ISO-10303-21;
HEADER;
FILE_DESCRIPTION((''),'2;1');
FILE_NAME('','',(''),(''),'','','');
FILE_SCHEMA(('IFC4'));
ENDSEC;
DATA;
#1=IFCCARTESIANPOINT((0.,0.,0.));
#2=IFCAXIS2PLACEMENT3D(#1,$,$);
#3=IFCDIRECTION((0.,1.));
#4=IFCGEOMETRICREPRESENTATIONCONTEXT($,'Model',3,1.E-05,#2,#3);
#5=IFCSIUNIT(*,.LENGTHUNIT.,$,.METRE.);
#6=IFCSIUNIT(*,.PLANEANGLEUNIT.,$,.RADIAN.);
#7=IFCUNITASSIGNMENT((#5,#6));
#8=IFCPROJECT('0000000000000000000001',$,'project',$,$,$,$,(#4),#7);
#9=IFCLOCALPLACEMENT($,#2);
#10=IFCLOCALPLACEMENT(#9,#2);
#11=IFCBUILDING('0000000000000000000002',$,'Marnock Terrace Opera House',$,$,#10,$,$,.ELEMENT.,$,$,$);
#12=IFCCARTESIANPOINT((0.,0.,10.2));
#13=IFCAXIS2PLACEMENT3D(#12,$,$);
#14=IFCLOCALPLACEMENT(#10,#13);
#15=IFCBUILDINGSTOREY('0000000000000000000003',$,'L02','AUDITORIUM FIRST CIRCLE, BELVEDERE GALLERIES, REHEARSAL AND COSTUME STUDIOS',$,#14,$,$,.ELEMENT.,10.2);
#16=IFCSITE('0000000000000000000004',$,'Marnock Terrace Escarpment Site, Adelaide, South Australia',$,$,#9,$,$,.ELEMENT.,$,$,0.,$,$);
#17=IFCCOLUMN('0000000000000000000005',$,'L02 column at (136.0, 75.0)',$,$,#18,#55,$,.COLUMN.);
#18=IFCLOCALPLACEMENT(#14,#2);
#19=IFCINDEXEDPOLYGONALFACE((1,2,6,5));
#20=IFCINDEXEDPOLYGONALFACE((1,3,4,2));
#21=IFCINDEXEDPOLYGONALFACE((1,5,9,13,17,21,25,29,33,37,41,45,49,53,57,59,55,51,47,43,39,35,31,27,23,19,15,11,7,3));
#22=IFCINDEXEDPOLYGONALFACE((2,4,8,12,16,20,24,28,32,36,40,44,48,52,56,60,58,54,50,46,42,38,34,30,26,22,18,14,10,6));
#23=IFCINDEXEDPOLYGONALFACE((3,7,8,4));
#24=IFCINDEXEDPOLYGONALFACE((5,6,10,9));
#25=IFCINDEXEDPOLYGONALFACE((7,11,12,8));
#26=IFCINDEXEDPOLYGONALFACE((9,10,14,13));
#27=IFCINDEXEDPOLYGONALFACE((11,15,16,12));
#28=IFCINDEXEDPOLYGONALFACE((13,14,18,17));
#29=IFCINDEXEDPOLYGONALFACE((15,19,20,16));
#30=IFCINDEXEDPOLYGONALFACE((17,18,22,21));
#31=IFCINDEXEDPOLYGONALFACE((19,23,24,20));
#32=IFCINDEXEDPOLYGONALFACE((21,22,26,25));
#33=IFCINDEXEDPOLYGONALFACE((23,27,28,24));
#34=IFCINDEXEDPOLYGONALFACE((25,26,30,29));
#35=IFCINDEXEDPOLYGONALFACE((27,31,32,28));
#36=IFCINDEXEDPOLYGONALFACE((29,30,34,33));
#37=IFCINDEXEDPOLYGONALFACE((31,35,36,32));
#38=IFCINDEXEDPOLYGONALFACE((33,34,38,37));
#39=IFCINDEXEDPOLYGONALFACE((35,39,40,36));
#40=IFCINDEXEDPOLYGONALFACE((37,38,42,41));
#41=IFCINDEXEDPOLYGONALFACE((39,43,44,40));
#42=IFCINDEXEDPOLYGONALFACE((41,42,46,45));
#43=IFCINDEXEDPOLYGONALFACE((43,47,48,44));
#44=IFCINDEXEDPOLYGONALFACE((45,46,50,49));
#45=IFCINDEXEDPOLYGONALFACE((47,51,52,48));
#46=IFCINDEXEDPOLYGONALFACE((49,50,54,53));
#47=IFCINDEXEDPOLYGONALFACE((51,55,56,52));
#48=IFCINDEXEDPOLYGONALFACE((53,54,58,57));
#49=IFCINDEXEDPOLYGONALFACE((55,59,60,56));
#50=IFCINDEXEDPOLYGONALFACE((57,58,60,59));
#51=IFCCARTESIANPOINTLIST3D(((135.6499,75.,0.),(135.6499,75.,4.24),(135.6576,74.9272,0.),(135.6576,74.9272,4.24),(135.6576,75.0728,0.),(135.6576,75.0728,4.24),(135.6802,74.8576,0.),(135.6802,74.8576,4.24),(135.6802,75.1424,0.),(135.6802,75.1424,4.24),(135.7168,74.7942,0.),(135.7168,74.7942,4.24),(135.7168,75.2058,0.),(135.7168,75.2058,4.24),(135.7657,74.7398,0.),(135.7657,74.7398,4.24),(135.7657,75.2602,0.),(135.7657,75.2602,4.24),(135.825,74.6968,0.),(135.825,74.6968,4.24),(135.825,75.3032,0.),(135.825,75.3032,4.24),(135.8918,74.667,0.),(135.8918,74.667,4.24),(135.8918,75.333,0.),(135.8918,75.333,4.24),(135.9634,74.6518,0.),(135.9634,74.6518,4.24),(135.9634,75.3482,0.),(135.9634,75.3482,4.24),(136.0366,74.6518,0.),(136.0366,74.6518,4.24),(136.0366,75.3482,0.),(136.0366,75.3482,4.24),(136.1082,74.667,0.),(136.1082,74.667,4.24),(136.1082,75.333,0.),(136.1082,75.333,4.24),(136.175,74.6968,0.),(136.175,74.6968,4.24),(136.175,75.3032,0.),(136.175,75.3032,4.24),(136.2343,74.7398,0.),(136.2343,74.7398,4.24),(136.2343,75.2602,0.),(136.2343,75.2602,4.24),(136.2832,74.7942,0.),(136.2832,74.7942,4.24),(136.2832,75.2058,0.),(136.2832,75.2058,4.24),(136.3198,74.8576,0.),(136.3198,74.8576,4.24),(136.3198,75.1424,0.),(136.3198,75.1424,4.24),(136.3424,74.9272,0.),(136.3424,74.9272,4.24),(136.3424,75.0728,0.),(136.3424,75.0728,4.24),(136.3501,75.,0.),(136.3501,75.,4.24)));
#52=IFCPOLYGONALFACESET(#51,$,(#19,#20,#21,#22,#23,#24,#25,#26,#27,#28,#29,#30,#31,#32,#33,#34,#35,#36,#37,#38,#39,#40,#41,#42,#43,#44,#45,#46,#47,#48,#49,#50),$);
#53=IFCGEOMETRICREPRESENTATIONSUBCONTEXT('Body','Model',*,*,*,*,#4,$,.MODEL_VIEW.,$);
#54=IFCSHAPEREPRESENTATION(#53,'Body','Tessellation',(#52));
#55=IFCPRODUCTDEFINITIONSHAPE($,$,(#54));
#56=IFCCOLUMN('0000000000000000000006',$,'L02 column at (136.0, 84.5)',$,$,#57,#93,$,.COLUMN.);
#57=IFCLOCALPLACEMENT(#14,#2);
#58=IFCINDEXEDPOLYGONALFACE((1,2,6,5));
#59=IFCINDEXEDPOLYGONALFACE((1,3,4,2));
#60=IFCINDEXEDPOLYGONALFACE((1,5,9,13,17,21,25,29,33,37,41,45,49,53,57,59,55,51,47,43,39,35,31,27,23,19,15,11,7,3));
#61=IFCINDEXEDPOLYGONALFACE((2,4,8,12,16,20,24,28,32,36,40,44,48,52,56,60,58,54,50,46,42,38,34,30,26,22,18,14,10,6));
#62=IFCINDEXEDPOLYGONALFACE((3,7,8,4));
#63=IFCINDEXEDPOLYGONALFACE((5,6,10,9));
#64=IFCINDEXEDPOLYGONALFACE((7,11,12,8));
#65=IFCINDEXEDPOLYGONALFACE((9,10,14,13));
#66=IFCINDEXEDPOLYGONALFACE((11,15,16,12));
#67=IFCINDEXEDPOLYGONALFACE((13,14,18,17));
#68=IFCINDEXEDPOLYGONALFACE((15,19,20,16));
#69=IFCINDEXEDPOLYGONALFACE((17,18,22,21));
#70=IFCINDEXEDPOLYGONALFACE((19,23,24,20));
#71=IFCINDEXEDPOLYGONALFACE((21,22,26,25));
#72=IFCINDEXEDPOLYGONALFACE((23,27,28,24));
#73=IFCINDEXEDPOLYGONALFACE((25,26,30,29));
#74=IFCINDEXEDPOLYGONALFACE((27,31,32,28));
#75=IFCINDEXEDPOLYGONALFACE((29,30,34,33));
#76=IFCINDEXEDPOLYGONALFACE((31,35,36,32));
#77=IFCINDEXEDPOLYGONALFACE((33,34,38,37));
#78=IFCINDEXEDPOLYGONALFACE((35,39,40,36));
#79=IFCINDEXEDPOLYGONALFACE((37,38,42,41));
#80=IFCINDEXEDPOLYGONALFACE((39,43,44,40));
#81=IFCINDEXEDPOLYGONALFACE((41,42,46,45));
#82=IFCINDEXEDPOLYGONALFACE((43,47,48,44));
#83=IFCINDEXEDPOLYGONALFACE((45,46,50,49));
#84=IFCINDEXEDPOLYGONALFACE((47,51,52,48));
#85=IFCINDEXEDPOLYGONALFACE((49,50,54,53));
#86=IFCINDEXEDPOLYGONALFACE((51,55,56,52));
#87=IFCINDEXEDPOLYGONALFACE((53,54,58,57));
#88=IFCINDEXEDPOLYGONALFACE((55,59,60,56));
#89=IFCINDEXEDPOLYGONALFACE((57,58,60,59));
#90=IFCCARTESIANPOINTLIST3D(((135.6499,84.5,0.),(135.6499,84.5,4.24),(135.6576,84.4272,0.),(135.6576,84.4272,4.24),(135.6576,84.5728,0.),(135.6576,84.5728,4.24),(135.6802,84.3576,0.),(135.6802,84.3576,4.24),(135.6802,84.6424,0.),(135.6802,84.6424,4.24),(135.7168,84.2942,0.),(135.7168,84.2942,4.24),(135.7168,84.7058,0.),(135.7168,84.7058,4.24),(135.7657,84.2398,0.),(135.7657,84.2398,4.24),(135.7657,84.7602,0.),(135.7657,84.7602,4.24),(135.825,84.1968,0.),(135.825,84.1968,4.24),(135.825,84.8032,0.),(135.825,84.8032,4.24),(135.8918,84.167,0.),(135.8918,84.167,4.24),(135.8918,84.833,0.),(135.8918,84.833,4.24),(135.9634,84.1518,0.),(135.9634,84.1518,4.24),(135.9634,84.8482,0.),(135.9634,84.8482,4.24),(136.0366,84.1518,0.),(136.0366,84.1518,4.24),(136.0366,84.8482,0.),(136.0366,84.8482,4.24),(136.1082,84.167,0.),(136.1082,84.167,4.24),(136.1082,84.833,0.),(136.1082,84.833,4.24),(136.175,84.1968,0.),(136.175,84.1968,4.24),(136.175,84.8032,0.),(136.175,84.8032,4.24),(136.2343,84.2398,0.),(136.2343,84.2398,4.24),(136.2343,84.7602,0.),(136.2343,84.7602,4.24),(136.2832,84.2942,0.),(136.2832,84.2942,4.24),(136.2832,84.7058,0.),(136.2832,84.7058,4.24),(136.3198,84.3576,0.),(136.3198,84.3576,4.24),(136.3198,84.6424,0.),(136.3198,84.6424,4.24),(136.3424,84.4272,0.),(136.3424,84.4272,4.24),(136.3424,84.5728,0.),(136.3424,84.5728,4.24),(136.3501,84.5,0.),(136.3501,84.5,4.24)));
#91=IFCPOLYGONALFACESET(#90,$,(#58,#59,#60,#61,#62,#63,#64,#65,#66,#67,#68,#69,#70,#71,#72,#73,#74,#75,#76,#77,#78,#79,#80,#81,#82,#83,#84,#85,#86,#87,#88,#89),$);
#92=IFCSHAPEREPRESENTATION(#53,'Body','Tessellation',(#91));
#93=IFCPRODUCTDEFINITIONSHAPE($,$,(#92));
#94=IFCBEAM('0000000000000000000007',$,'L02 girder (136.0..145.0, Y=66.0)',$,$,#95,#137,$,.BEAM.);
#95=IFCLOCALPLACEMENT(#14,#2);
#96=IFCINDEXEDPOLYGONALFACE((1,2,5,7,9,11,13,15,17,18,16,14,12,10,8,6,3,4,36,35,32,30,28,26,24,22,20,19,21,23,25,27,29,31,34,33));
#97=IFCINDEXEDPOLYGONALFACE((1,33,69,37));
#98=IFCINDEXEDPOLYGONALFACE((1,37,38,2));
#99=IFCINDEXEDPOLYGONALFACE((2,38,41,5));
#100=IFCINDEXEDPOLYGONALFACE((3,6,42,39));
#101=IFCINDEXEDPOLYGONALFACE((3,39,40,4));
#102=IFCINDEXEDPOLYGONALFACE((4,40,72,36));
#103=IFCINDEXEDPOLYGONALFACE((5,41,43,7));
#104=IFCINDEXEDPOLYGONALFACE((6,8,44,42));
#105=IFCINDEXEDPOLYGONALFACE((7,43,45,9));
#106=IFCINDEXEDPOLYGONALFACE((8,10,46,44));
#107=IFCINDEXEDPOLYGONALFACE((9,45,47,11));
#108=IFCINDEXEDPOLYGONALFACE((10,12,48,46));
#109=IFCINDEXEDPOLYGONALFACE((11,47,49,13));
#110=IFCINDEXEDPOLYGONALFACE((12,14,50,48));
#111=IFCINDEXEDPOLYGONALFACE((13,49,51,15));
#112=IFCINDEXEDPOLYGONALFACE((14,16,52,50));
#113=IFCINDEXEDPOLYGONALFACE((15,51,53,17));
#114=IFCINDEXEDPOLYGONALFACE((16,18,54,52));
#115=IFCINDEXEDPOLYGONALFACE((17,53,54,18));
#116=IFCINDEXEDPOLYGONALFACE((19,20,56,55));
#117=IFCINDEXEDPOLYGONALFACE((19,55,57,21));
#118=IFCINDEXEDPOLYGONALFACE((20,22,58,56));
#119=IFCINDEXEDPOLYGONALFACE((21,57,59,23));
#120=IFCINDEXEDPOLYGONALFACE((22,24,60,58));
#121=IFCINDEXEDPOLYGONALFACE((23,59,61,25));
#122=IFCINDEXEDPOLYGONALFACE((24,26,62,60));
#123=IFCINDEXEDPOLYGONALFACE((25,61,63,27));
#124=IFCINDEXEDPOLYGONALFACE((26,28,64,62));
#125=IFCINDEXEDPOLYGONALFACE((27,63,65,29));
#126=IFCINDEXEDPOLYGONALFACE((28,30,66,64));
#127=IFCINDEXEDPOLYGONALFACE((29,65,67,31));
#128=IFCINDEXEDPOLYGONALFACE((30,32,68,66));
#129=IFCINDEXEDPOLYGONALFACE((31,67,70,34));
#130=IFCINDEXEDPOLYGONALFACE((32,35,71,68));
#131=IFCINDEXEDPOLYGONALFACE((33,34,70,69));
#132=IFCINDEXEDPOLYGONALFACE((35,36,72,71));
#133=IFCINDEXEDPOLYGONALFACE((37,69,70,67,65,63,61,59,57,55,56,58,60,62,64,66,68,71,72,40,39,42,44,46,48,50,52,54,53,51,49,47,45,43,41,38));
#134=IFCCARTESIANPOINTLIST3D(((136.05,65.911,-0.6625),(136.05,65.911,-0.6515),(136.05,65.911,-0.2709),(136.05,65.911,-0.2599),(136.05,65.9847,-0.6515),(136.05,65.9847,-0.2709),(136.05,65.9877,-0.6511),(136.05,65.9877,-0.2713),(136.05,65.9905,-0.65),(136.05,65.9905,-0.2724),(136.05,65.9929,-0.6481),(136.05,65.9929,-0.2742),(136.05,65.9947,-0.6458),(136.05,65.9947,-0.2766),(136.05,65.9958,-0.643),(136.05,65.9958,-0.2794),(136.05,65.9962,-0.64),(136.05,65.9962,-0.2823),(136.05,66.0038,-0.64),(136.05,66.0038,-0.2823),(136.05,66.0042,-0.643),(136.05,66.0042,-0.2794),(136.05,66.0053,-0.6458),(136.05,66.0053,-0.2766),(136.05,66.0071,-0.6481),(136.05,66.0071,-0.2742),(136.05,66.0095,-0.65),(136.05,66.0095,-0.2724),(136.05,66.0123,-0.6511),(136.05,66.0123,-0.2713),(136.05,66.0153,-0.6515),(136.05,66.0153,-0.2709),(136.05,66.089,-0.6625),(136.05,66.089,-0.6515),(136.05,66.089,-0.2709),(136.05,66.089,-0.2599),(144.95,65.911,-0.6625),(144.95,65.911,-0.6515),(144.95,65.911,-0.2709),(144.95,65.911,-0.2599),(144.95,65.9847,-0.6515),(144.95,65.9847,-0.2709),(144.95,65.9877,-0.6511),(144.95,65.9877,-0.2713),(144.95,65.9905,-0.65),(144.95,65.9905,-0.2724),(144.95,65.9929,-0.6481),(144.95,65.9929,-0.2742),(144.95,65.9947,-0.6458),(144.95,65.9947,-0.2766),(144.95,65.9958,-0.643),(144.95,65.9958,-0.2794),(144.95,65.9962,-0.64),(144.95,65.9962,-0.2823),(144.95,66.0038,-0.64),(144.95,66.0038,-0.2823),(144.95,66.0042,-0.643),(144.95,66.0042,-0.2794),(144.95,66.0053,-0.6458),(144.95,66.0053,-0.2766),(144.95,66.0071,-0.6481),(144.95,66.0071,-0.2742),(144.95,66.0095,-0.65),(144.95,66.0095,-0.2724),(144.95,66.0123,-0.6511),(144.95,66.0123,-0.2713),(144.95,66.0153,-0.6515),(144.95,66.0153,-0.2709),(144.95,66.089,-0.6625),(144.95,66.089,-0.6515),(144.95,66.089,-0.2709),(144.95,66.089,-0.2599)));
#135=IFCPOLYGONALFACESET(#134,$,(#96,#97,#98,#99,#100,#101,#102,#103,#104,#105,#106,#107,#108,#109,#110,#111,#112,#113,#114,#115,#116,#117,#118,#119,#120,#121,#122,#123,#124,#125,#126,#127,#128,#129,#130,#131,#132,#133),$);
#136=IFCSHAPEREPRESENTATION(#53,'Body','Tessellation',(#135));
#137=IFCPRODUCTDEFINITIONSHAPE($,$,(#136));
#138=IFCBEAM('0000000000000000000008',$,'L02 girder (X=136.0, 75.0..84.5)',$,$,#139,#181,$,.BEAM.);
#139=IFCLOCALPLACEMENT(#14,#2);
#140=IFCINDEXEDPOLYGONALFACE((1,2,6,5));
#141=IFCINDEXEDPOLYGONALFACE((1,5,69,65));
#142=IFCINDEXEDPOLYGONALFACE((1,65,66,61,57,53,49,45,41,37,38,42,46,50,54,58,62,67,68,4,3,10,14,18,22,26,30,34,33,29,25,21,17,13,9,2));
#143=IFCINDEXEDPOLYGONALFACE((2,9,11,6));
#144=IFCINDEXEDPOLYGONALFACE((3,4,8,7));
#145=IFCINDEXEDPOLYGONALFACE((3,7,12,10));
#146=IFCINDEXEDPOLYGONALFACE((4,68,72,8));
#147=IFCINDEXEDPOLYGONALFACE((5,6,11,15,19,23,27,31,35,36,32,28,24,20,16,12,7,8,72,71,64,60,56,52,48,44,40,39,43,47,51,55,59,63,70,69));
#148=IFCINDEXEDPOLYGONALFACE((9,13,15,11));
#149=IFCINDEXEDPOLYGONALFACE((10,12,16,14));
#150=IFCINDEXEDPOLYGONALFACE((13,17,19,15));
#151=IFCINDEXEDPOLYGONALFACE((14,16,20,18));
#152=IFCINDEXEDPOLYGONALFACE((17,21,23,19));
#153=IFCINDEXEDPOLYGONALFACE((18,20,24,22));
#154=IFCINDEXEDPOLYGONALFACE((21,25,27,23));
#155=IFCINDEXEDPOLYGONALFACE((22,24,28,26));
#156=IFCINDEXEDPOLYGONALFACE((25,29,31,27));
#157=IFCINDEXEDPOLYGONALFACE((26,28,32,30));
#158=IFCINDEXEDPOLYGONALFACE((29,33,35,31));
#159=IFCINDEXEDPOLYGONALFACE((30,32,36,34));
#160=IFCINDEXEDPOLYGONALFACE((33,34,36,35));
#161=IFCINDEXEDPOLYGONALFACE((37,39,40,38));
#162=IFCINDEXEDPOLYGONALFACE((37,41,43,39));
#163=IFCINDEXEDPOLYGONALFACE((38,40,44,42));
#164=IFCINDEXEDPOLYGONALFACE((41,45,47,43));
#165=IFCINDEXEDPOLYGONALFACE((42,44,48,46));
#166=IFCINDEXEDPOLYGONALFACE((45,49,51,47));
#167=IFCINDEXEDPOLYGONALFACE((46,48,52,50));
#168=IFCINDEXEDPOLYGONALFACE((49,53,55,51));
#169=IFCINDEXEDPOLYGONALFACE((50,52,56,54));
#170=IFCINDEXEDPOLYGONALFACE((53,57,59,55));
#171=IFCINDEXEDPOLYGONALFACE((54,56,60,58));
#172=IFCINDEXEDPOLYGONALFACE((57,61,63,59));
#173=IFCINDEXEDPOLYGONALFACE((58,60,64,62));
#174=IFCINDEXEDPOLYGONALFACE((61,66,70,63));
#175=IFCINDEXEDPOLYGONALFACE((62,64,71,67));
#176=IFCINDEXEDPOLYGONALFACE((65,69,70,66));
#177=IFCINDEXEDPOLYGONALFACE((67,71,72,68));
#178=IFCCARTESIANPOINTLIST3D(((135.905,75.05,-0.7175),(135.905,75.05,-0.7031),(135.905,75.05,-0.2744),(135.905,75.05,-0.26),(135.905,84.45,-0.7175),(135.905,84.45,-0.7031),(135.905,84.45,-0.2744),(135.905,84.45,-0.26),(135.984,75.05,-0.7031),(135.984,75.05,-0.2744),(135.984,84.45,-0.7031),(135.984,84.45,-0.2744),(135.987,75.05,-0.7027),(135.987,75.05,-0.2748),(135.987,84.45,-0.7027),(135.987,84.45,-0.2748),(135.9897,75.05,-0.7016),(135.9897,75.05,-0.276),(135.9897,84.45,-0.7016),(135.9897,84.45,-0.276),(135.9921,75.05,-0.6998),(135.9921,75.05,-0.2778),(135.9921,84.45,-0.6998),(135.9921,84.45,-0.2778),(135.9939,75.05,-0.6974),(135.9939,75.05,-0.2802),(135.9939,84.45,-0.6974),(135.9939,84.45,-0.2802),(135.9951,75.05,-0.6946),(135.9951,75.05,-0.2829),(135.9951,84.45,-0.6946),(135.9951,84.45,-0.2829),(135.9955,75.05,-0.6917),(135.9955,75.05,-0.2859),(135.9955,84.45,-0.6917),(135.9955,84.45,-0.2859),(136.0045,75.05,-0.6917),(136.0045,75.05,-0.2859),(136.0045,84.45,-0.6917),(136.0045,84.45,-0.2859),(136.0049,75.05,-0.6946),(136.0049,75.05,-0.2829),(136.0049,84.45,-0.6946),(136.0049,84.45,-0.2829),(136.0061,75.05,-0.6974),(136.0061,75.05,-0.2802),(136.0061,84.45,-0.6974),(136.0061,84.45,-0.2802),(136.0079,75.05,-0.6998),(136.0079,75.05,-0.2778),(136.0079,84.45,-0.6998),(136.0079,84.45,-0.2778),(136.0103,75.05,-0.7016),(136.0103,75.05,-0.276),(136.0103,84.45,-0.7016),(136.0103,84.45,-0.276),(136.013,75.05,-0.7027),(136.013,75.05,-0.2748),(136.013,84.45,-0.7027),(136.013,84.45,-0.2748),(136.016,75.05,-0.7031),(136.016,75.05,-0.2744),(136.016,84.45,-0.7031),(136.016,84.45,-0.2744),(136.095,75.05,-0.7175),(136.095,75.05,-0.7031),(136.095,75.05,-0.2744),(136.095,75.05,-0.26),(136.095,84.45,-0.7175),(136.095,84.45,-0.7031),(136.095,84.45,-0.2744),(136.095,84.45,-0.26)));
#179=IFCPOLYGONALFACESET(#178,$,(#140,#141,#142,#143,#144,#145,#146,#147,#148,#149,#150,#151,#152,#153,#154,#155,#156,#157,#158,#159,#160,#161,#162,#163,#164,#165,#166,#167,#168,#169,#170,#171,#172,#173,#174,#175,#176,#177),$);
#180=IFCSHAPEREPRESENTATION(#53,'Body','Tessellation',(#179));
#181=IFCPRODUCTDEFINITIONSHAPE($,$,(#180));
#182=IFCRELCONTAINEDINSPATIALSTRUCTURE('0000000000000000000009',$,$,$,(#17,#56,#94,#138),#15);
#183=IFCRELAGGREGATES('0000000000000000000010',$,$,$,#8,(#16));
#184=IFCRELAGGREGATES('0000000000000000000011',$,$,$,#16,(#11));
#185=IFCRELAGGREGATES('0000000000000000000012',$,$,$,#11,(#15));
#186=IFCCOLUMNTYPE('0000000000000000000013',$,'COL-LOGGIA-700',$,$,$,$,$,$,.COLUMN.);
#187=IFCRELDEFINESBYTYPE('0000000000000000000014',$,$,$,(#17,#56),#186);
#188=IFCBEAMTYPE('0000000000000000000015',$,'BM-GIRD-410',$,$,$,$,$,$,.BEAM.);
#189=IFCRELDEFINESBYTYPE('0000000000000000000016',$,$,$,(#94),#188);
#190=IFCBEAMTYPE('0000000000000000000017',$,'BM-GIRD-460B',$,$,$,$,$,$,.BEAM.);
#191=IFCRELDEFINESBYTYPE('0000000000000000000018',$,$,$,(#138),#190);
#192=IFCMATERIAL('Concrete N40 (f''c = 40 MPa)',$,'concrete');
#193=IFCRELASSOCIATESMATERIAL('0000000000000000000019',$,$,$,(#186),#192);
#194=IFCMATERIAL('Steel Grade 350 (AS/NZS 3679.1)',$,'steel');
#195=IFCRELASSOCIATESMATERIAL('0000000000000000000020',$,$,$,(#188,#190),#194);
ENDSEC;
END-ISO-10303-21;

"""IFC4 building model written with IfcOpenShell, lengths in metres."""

from ifc_helpers import new_model, si_unit, direction, frame, origin, origin_2d, place, context, subcontext, project, spatial, circle, i_section, extrude, material, material_profile, profile_set, type_object, element, save


model = new_model("IFC4")

# Units and contexts
model_context = context("Model", 3, precision=1e-05, world=origin(), true_north=direction((0.0, 1.0)))
body_context = subcontext(model_context, "Body", "Model", "MODEL_VIEW")
ifc_project = project(units=[si_unit("LENGTHUNIT", "METRE"), si_unit("PLANEANGLEUNIT", "RADIAN")], contexts=[model_context])

# Site, building, storey
site_placement = place(None, origin())
site = spatial("IfcSite", under=ifc_project, at=site_placement, Name="Marnock Terrace Escarpment Site, Adelaide, South Australia", CompositionType="ELEMENT", RefElevation=0.0)
building_placement = place(site_placement, origin())
building = spatial("IfcBuilding", under=site, at=building_placement, Name="Marnock Terrace Opera House", CompositionType="ELEMENT")
storey_placement = place(building_placement, frame((0.0, 0.0, 10.2)))
storey = spatial("IfcBuildingStorey", under=building, at=storey_placement, Name="L02", Description="AUDITORIUM FIRST CIRCLE, BELVEDERE GALLERIES, REHEARSAL AND COSTUME STUDIOS", CompositionType="ELEMENT", Elevation=10.2)

# Columns
ifc_material_1 = material(Name="Concrete N40 (f'c = 40 MPa)", Category="concrete")
ifc_material_profile_1 = material_profile(ifc_material_1, circle(Radius=0.3501, at=origin_2d()))
ifc_profile_set_1 = profile_set([ifc_material_profile_1], Name="Concrete N40 (f'c = 40 MPa)")
column_type = type_object("IfcColumnType", Name="COL-LOGGIA-700", PredefinedType="COLUMN", material=ifc_profile_set_1)
for number, where, z_axis, x_axis, name in (
    (1, (136.0, 75.0, 0.0), (0.0, 0.0, 1.0), (1.0, 0.0, 0.0), "L02 column at (136.0, 75.0)"),
    (2, (136.0, 84.5, 0.0), (0.0, 0.0, 1.0), (1.0, 0.0, 0.0), "L02 column at (136.0, 84.5)"),
):
    element("IfcColumn", number, at=place(storey_placement, frame(where, z_axis=z_axis, x_axis=x_axis)), inside=storey, type_object=column_type, Name=name, PredefinedType="COLUMN", context=body_context, shape_type="SweptSolid", body=[
        extrude(circle(Radius=0.3501, at=origin_2d()), origin(), (0.0, 0.0, 1.0), 4.24),
    ])

# Beams
ifc_material_2 = material(Name="Steel Grade 350 (AS/NZS 3679.1)", Category="steel")
ifc_material_profile_2 = material_profile(ifc_material_2, i_section(OverallWidth=0.178, OverallDepth=0.4026, WebThickness=0.0076, FlangeThickness=0.011, FilletRadius=0.0115, at=origin_2d()))
ifc_profile_set_2 = profile_set([ifc_material_profile_2], Name="Steel Grade 350 (AS/NZS 3679.1)")
beam_type_1 = type_object("IfcBeamType", Name="BM-GIRD-410", PredefinedType="BEAM", material=ifc_profile_set_2)
beam_1_placement = place(storey_placement, frame((136.05, 66.0, -0.4612), z_axis=(1.0, 0.0, 0.0), x_axis=(0.0, 1.0, 0.0)))
element("IfcBeam", 3, at=beam_1_placement, inside=storey, type_object=beam_type_1, Name="L02 girder (136.0..145.0, Y=66.0)", PredefinedType="BEAM", context=body_context, shape_type="SweptSolid", body=[
    extrude(i_section(OverallWidth=0.178, OverallDepth=0.4026, WebThickness=0.0076, FlangeThickness=0.011, FilletRadius=0.0115, at=origin_2d()), origin(), (0.0, 0.0, 1.0), 8.8999),
])
ifc_material_profile_3 = material_profile(ifc_material_2, i_section(OverallWidth=0.1899, OverallDepth=0.4575, WebThickness=0.009, FlangeThickness=0.0144, FilletRadius=0.0115, at=origin_2d()))
ifc_profile_set_3 = profile_set([ifc_material_profile_3], Name="Steel Grade 350 (AS/NZS 3679.1)")
beam_type_2 = type_object("IfcBeamType", Name="BM-GIRD-460B", PredefinedType="BEAM", material=ifc_profile_set_3)
beam_2_placement = place(storey_placement, frame((136.0, 75.05, -0.4888), z_axis=(0.0, 1.0, 0.0), x_axis=(-1.0, 0.0, 0.0)))
element("IfcBeam", 4, at=beam_2_placement, inside=storey, type_object=beam_type_2, Name="L02 girder (X=136.0, 75.0..84.5)", PredefinedType="BEAM", context=body_context, shape_type="SweptSolid", body=[
    extrude(i_section(OverallWidth=0.1899, OverallDepth=0.4575, WebThickness=0.009, FlangeThickness=0.0144, FilletRadius=0.0115, at=origin_2d()), origin(), (0.0, 0.0, 1.0), 9.3999),
])

save(model, "model.ifc")
